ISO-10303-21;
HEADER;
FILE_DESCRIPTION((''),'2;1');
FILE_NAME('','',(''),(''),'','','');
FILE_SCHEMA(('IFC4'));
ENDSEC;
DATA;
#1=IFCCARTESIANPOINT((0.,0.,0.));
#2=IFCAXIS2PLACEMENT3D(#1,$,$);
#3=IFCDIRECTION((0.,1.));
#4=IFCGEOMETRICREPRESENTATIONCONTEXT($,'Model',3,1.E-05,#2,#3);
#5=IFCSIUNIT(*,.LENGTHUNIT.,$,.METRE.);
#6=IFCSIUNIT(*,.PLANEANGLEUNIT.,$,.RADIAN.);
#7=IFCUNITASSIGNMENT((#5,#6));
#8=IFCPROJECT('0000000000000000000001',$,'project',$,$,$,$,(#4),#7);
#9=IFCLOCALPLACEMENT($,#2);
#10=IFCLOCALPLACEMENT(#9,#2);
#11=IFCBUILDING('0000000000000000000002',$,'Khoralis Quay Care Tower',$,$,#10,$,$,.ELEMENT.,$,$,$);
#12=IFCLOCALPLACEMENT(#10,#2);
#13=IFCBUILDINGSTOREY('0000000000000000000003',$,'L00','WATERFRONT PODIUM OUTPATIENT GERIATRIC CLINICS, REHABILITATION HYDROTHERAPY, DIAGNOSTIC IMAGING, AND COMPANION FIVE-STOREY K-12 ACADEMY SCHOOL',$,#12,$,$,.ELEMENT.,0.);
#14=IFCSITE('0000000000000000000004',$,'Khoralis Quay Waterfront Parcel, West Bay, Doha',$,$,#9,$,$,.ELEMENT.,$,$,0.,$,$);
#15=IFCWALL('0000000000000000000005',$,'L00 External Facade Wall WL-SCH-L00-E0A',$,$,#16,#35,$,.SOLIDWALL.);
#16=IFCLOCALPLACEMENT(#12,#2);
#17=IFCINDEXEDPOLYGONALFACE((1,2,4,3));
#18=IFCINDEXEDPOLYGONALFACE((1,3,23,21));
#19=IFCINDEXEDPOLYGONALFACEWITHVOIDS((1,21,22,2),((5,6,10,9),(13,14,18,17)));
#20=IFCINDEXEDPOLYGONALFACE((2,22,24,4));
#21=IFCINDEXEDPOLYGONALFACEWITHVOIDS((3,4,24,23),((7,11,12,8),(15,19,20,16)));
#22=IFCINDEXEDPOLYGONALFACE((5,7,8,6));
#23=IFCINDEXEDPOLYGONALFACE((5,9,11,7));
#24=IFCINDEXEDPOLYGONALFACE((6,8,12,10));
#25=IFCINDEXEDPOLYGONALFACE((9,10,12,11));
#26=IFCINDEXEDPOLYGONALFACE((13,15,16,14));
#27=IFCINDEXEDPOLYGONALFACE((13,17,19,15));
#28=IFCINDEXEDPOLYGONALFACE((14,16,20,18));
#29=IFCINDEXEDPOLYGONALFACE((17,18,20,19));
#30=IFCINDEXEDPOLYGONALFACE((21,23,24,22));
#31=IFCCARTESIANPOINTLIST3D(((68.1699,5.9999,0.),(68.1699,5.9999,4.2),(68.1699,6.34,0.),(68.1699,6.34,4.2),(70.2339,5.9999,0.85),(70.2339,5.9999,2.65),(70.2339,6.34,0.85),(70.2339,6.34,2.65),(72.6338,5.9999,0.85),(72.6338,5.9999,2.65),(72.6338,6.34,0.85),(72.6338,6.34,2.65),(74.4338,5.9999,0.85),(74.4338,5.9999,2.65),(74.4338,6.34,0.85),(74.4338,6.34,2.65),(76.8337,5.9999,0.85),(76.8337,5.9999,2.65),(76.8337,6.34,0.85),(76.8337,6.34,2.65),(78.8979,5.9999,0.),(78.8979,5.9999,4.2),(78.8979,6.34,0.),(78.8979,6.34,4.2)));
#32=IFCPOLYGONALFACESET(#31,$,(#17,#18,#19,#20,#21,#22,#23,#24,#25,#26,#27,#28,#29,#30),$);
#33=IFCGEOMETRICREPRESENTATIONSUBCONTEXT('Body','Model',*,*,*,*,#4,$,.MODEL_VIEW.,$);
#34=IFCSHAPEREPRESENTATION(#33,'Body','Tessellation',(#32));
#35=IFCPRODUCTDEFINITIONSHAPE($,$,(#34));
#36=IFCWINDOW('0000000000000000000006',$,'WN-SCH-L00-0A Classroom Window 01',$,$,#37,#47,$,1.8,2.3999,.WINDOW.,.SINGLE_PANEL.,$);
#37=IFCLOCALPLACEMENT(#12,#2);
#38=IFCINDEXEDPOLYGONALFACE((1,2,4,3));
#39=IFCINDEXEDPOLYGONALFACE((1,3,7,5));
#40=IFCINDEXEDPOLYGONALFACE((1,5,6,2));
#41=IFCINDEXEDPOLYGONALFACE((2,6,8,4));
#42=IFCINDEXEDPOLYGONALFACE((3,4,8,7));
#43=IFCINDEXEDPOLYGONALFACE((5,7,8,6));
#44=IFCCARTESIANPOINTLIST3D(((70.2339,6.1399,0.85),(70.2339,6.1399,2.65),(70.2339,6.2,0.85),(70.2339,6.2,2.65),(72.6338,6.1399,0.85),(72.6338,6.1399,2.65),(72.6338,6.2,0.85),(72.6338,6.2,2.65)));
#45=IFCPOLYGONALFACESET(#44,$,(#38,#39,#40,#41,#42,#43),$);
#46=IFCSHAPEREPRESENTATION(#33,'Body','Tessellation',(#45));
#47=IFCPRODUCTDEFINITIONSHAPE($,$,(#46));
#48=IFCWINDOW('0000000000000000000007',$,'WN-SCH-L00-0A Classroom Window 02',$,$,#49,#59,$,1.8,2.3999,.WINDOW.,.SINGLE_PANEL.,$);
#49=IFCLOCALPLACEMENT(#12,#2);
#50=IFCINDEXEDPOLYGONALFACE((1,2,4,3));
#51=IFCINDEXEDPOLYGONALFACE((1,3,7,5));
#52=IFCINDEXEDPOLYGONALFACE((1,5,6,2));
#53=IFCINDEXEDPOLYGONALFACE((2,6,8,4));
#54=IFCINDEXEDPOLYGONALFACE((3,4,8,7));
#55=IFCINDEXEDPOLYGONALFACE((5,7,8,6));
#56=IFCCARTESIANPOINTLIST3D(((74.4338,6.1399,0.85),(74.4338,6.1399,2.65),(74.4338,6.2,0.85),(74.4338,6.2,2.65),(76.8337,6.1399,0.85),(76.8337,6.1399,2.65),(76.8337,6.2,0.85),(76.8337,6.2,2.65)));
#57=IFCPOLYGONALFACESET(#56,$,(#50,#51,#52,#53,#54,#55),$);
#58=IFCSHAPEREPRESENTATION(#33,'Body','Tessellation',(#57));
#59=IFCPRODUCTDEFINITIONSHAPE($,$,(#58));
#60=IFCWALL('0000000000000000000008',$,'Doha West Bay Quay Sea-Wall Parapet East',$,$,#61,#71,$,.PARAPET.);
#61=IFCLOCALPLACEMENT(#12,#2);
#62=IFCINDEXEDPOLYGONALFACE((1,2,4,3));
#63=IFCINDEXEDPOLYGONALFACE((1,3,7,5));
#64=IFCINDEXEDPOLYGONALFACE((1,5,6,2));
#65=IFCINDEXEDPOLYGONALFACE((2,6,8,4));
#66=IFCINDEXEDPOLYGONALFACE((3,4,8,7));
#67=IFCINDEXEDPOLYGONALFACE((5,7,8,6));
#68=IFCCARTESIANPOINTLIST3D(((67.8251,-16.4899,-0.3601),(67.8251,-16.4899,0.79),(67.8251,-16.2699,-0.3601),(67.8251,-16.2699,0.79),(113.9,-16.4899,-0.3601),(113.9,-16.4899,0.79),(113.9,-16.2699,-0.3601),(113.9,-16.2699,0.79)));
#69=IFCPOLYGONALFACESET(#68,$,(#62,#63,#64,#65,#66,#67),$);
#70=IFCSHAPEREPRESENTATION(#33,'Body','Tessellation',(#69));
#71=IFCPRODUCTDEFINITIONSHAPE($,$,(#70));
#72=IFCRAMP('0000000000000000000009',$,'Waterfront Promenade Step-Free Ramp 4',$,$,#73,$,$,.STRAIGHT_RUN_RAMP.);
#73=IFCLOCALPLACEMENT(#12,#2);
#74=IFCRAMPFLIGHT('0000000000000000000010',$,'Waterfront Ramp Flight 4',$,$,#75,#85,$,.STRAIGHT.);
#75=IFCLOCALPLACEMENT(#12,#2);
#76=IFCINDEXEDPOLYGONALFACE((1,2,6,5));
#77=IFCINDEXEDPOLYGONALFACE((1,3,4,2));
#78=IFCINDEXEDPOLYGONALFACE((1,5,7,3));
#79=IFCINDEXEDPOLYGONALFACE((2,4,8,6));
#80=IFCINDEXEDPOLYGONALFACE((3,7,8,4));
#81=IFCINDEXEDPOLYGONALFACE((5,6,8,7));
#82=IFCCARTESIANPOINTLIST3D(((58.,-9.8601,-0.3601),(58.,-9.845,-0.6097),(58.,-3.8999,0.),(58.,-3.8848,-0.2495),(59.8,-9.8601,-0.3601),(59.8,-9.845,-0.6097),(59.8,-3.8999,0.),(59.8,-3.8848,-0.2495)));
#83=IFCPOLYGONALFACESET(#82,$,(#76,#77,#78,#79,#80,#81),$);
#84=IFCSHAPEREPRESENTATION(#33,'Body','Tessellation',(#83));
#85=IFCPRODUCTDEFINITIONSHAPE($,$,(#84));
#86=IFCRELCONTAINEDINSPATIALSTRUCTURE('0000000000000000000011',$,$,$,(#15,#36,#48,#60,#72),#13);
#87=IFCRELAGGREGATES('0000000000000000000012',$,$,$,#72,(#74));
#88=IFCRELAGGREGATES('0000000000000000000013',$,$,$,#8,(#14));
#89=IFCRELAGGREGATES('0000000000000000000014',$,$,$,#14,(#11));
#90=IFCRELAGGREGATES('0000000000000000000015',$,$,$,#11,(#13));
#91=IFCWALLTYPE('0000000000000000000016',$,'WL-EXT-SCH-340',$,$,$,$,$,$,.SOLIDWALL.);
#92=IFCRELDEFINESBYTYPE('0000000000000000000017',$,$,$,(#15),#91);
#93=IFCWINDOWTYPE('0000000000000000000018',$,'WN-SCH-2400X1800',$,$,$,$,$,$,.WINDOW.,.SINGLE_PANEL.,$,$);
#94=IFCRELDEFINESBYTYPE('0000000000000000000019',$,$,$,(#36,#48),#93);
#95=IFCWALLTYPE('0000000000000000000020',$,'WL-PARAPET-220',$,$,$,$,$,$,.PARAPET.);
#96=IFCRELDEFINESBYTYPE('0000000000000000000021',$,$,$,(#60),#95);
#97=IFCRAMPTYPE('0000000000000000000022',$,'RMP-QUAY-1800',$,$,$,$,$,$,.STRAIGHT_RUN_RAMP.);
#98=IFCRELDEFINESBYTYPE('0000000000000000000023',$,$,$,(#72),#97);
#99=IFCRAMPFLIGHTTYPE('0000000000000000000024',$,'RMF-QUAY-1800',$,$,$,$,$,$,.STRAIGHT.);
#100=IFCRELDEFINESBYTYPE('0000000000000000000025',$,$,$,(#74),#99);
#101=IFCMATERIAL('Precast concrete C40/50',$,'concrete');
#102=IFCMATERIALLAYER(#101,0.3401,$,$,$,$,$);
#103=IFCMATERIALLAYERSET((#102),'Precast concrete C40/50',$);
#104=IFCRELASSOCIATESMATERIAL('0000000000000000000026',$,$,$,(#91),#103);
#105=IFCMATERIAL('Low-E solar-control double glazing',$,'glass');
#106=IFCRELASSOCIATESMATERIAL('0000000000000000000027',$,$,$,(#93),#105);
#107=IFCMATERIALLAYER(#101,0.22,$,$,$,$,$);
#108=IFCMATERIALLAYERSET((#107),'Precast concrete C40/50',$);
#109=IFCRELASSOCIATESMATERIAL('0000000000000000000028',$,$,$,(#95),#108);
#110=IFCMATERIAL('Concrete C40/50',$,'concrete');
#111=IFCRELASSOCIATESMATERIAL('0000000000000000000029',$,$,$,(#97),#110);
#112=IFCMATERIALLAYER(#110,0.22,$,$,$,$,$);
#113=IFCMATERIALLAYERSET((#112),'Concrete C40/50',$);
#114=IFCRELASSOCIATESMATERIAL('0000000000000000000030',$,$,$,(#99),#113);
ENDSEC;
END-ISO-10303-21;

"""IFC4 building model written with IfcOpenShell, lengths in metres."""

from ifc_helpers import new_model, si_unit, direction, frame, frame_2d, origin, place, context, subcontext, project, spatial, polyline, rectangle, outline, extrude, source, transform, mapped, material, layer, layer_set, type_object, element, fill, aggregate, save


model = new_model("IFC4")

# Units and contexts
model_context = context("Model", 3, precision=1e-05, world=origin(), true_north=direction((0.0, 1.0)))
body_context = subcontext(model_context, "Body", "Model", "MODEL_VIEW")
ifc_project = project(units=[si_unit("LENGTHUNIT", "METRE"), si_unit("PLANEANGLEUNIT", "RADIAN")], contexts=[model_context])

# Site, building, storey
site_placement = place(None, origin())
site = spatial("IfcSite", under=ifc_project, at=site_placement, Name="Khoralis Quay Waterfront Parcel, West Bay, Doha", CompositionType="ELEMENT", RefElevation=0.0)
building_placement = place(site_placement, origin())
building = spatial("IfcBuilding", under=site, at=building_placement, Name="Khoralis Quay Care Tower", CompositionType="ELEMENT")
storey_placement = place(building_placement, origin())
storey = spatial("IfcBuildingStorey", under=building, at=storey_placement, Name="L00", Description="WATERFRONT PODIUM OUTPATIENT GERIATRIC CLINICS, REHABILITATION HYDROTHERAPY, DIAGNOSTIC IMAGING, AND COMPANION FIVE-STOREY K-12 ACADEMY SCHOOL", CompositionType="ELEMENT", Elevation=0.0)

# Shared definitions
ifc_material_1 = material(Name="Concrete C40/50", Category="concrete")

# Shared definitions
ifc_material_2 = material(Name="Low-E solar-control double glazing", Category="glass")

# Wall, openings, windows
ifc_material_3 = material(Name="Precast concrete C40/50", Category="concrete")
ifc_layer_1 = layer(ifc_material_3, 0.3401)
ifc_layer_set_1 = layer_set([ifc_layer_1], Name="Precast concrete C40/50")
wall_type_1 = type_object("IfcWallType", Name="WL-EXT-SCH-340", PredefinedType="SOLIDWALL", material=ifc_layer_set_1)
wall_1_placement = place(storey_placement, frame((68.1699, 6.1699, 0.0), z_axis=(0.0, 0.0, 1.0), x_axis=(1.0, 0.0, 0.0)))
wall_1 = element("IfcWall", 1, at=wall_1_placement, inside=storey, type_object=wall_type_1, Name="L00 External Facade Wall WL-SCH-L00-E0A", PredefinedType="SOLIDWALL", context=body_context, shape_type="SweptSolid", body=[
    extrude(rectangle(XDim=10.728, YDim=0.3401, at=frame_2d((5.364, 0.0))), origin(), (0.0, 0.0, 1.0), 4.2),
])
opening_1_placement = place(wall_1_placement, frame((2.064, 0.0, 0.8501)))
opening_1 = element("IfcOpeningElement", 2, at=opening_1_placement, cuts=wall_1, PredefinedType="OPENING", context=body_context, shape_type="SweptSolid", body=[
    extrude(rectangle(XDim=2.3999, YDim=1.8, at=frame_2d((1.2, 0.8999))), frame((0.0, 0.1802, 0.0), z_axis=(0.0, -1.0, 0.0), x_axis=(1.0, 0.0, 0.0)), (0.0, 0.0, 1.0), 0.3601),
])
opening_2_placement = place(wall_1_placement, frame((6.2639, 0.0, 0.8501)))
opening_2 = element("IfcOpeningElement", 3, at=opening_2_placement, cuts=wall_1, PredefinedType="OPENING", context=body_context, shape_type="SweptSolid", body=[
    extrude(rectangle(XDim=2.3999, YDim=1.8, at=frame_2d((1.2, 0.8999))), frame((0.0, 0.1802, 0.0), z_axis=(0.0, -1.0, 0.0), x_axis=(1.0, 0.0, 0.0)), (0.0, 0.0, 1.0), 0.3601),
])
window_type_1 = type_object("IfcWindowType", Name="WN-SCH-2400X1800", PartitioningType="SINGLE_PANEL", PredefinedType="WINDOW", material=ifc_material_2)
shared_shape_1 = source(origin(), body_context, "Body", "SweptSolid", [
    extrude(rectangle(XDim=2.3999, YDim=1.8, at=frame_2d((1.2, 0.8999))), frame((0.0, 0.03, 0.0), z_axis=(0.0, -1.0, 0.0), x_axis=(1.0, 0.0, 0.0)), (0.0, 0.0, 1.0), 0.0601),
])
window_1_placement = place(opening_1_placement, origin())
window_1 = element("IfcWindow", 4, at=window_1_placement, inside=storey, type_object=window_type_1, Name="WN-SCH-L00-0A Classroom Window 01", OverallHeight=1.8, OverallWidth=2.3999, PartitioningType="SINGLE_PANEL", PredefinedType="WINDOW", context=body_context, shape_type="MappedRepresentation", body=[
    mapped(shared_shape_1, transform((0.0, 0.0, 0.0), scale=1.0)),
])
fill(opening_1, window_1)
window_2_placement = place(opening_2_placement, origin())
window_2 = element("IfcWindow", 5, at=window_2_placement, inside=storey, type_object=window_type_1, Name="WN-SCH-L00-0A Classroom Window 02", OverallHeight=1.8, OverallWidth=2.3999, PartitioningType="SINGLE_PANEL", PredefinedType="WINDOW", context=body_context, shape_type="MappedRepresentation", body=[
    mapped(shared_shape_1, transform((0.0, 0.0, 0.0), scale=1.0)),
])
fill(opening_2, window_2)

# Wall
ifc_layer_2 = layer(ifc_material_3, 0.22)
ifc_layer_set_2 = layer_set([ifc_layer_2], Name="Precast concrete C40/50")
wall_type_2 = type_object("IfcWallType", Name="WL-PARAPET-220", PredefinedType="PARAPET", material=ifc_layer_set_2)
wall_2_placement = place(storey_placement, frame((67.825, -16.3799, -0.3601), z_axis=(0.0, 0.0, 1.0), x_axis=(1.0, 0.0, 0.0)))
element("IfcWall", 6, at=wall_2_placement, inside=storey, type_object=wall_type_2, Name="Doha West Bay Quay Sea-Wall Parapet East", PredefinedType="PARAPET", context=body_context, shape_type="SweptSolid", body=[
    extrude(rectangle(XDim=46.075, YDim=0.22, at=frame_2d((23.0376, 0.0))), origin(), (0.0, 0.0, 1.0), 1.1501),
])

# Ramp, ramp flight
ramp_type = type_object("IfcRampType", Name="RMP-QUAY-1800", PredefinedType="STRAIGHT_RUN_RAMP", material=ifc_material_1)
ramp_placement = place(storey_placement, origin())
ramp = element("IfcRamp", 7, at=ramp_placement, inside=storey, type_object=ramp_type, Name="Waterfront Promenade Step-Free Ramp 4", PredefinedType="STRAIGHT_RUN_RAMP")
ifc_layer_3 = layer(ifc_material_1, 0.22)
ifc_layer_set_3 = layer_set([ifc_layer_3], Name="Concrete C40/50")
ramp_flight_type = type_object("IfcRampFlightType", Name="RMF-QUAY-1800", PredefinedType="STRAIGHT", material=ifc_layer_set_3)
ramp_flight_placement = place(storey_placement, frame((58.0, -9.8601, -0.3601), z_axis=(0.0, -0.060309, 0.99818), x_axis=(1.0, 0.0, 0.0)))
ramp_flight = element("IfcRampFlight", 8, at=ramp_flight_placement, type_object=ramp_flight_type, Name="Waterfront Ramp Flight 4", PredefinedType="STRAIGHT", context=body_context, shape_type="SweptSolid", body=[
    extrude(outline(polyline([(0.0, 0.0), (1.8, 0.0), (1.8, 5.9711), (0.0, 5.9711), (0.0, 0.0)])), origin(), (0.0, 0.0, -1.0), 0.25),
])
aggregate(ramp, [ramp_flight])

save(model, "model.ifc")
